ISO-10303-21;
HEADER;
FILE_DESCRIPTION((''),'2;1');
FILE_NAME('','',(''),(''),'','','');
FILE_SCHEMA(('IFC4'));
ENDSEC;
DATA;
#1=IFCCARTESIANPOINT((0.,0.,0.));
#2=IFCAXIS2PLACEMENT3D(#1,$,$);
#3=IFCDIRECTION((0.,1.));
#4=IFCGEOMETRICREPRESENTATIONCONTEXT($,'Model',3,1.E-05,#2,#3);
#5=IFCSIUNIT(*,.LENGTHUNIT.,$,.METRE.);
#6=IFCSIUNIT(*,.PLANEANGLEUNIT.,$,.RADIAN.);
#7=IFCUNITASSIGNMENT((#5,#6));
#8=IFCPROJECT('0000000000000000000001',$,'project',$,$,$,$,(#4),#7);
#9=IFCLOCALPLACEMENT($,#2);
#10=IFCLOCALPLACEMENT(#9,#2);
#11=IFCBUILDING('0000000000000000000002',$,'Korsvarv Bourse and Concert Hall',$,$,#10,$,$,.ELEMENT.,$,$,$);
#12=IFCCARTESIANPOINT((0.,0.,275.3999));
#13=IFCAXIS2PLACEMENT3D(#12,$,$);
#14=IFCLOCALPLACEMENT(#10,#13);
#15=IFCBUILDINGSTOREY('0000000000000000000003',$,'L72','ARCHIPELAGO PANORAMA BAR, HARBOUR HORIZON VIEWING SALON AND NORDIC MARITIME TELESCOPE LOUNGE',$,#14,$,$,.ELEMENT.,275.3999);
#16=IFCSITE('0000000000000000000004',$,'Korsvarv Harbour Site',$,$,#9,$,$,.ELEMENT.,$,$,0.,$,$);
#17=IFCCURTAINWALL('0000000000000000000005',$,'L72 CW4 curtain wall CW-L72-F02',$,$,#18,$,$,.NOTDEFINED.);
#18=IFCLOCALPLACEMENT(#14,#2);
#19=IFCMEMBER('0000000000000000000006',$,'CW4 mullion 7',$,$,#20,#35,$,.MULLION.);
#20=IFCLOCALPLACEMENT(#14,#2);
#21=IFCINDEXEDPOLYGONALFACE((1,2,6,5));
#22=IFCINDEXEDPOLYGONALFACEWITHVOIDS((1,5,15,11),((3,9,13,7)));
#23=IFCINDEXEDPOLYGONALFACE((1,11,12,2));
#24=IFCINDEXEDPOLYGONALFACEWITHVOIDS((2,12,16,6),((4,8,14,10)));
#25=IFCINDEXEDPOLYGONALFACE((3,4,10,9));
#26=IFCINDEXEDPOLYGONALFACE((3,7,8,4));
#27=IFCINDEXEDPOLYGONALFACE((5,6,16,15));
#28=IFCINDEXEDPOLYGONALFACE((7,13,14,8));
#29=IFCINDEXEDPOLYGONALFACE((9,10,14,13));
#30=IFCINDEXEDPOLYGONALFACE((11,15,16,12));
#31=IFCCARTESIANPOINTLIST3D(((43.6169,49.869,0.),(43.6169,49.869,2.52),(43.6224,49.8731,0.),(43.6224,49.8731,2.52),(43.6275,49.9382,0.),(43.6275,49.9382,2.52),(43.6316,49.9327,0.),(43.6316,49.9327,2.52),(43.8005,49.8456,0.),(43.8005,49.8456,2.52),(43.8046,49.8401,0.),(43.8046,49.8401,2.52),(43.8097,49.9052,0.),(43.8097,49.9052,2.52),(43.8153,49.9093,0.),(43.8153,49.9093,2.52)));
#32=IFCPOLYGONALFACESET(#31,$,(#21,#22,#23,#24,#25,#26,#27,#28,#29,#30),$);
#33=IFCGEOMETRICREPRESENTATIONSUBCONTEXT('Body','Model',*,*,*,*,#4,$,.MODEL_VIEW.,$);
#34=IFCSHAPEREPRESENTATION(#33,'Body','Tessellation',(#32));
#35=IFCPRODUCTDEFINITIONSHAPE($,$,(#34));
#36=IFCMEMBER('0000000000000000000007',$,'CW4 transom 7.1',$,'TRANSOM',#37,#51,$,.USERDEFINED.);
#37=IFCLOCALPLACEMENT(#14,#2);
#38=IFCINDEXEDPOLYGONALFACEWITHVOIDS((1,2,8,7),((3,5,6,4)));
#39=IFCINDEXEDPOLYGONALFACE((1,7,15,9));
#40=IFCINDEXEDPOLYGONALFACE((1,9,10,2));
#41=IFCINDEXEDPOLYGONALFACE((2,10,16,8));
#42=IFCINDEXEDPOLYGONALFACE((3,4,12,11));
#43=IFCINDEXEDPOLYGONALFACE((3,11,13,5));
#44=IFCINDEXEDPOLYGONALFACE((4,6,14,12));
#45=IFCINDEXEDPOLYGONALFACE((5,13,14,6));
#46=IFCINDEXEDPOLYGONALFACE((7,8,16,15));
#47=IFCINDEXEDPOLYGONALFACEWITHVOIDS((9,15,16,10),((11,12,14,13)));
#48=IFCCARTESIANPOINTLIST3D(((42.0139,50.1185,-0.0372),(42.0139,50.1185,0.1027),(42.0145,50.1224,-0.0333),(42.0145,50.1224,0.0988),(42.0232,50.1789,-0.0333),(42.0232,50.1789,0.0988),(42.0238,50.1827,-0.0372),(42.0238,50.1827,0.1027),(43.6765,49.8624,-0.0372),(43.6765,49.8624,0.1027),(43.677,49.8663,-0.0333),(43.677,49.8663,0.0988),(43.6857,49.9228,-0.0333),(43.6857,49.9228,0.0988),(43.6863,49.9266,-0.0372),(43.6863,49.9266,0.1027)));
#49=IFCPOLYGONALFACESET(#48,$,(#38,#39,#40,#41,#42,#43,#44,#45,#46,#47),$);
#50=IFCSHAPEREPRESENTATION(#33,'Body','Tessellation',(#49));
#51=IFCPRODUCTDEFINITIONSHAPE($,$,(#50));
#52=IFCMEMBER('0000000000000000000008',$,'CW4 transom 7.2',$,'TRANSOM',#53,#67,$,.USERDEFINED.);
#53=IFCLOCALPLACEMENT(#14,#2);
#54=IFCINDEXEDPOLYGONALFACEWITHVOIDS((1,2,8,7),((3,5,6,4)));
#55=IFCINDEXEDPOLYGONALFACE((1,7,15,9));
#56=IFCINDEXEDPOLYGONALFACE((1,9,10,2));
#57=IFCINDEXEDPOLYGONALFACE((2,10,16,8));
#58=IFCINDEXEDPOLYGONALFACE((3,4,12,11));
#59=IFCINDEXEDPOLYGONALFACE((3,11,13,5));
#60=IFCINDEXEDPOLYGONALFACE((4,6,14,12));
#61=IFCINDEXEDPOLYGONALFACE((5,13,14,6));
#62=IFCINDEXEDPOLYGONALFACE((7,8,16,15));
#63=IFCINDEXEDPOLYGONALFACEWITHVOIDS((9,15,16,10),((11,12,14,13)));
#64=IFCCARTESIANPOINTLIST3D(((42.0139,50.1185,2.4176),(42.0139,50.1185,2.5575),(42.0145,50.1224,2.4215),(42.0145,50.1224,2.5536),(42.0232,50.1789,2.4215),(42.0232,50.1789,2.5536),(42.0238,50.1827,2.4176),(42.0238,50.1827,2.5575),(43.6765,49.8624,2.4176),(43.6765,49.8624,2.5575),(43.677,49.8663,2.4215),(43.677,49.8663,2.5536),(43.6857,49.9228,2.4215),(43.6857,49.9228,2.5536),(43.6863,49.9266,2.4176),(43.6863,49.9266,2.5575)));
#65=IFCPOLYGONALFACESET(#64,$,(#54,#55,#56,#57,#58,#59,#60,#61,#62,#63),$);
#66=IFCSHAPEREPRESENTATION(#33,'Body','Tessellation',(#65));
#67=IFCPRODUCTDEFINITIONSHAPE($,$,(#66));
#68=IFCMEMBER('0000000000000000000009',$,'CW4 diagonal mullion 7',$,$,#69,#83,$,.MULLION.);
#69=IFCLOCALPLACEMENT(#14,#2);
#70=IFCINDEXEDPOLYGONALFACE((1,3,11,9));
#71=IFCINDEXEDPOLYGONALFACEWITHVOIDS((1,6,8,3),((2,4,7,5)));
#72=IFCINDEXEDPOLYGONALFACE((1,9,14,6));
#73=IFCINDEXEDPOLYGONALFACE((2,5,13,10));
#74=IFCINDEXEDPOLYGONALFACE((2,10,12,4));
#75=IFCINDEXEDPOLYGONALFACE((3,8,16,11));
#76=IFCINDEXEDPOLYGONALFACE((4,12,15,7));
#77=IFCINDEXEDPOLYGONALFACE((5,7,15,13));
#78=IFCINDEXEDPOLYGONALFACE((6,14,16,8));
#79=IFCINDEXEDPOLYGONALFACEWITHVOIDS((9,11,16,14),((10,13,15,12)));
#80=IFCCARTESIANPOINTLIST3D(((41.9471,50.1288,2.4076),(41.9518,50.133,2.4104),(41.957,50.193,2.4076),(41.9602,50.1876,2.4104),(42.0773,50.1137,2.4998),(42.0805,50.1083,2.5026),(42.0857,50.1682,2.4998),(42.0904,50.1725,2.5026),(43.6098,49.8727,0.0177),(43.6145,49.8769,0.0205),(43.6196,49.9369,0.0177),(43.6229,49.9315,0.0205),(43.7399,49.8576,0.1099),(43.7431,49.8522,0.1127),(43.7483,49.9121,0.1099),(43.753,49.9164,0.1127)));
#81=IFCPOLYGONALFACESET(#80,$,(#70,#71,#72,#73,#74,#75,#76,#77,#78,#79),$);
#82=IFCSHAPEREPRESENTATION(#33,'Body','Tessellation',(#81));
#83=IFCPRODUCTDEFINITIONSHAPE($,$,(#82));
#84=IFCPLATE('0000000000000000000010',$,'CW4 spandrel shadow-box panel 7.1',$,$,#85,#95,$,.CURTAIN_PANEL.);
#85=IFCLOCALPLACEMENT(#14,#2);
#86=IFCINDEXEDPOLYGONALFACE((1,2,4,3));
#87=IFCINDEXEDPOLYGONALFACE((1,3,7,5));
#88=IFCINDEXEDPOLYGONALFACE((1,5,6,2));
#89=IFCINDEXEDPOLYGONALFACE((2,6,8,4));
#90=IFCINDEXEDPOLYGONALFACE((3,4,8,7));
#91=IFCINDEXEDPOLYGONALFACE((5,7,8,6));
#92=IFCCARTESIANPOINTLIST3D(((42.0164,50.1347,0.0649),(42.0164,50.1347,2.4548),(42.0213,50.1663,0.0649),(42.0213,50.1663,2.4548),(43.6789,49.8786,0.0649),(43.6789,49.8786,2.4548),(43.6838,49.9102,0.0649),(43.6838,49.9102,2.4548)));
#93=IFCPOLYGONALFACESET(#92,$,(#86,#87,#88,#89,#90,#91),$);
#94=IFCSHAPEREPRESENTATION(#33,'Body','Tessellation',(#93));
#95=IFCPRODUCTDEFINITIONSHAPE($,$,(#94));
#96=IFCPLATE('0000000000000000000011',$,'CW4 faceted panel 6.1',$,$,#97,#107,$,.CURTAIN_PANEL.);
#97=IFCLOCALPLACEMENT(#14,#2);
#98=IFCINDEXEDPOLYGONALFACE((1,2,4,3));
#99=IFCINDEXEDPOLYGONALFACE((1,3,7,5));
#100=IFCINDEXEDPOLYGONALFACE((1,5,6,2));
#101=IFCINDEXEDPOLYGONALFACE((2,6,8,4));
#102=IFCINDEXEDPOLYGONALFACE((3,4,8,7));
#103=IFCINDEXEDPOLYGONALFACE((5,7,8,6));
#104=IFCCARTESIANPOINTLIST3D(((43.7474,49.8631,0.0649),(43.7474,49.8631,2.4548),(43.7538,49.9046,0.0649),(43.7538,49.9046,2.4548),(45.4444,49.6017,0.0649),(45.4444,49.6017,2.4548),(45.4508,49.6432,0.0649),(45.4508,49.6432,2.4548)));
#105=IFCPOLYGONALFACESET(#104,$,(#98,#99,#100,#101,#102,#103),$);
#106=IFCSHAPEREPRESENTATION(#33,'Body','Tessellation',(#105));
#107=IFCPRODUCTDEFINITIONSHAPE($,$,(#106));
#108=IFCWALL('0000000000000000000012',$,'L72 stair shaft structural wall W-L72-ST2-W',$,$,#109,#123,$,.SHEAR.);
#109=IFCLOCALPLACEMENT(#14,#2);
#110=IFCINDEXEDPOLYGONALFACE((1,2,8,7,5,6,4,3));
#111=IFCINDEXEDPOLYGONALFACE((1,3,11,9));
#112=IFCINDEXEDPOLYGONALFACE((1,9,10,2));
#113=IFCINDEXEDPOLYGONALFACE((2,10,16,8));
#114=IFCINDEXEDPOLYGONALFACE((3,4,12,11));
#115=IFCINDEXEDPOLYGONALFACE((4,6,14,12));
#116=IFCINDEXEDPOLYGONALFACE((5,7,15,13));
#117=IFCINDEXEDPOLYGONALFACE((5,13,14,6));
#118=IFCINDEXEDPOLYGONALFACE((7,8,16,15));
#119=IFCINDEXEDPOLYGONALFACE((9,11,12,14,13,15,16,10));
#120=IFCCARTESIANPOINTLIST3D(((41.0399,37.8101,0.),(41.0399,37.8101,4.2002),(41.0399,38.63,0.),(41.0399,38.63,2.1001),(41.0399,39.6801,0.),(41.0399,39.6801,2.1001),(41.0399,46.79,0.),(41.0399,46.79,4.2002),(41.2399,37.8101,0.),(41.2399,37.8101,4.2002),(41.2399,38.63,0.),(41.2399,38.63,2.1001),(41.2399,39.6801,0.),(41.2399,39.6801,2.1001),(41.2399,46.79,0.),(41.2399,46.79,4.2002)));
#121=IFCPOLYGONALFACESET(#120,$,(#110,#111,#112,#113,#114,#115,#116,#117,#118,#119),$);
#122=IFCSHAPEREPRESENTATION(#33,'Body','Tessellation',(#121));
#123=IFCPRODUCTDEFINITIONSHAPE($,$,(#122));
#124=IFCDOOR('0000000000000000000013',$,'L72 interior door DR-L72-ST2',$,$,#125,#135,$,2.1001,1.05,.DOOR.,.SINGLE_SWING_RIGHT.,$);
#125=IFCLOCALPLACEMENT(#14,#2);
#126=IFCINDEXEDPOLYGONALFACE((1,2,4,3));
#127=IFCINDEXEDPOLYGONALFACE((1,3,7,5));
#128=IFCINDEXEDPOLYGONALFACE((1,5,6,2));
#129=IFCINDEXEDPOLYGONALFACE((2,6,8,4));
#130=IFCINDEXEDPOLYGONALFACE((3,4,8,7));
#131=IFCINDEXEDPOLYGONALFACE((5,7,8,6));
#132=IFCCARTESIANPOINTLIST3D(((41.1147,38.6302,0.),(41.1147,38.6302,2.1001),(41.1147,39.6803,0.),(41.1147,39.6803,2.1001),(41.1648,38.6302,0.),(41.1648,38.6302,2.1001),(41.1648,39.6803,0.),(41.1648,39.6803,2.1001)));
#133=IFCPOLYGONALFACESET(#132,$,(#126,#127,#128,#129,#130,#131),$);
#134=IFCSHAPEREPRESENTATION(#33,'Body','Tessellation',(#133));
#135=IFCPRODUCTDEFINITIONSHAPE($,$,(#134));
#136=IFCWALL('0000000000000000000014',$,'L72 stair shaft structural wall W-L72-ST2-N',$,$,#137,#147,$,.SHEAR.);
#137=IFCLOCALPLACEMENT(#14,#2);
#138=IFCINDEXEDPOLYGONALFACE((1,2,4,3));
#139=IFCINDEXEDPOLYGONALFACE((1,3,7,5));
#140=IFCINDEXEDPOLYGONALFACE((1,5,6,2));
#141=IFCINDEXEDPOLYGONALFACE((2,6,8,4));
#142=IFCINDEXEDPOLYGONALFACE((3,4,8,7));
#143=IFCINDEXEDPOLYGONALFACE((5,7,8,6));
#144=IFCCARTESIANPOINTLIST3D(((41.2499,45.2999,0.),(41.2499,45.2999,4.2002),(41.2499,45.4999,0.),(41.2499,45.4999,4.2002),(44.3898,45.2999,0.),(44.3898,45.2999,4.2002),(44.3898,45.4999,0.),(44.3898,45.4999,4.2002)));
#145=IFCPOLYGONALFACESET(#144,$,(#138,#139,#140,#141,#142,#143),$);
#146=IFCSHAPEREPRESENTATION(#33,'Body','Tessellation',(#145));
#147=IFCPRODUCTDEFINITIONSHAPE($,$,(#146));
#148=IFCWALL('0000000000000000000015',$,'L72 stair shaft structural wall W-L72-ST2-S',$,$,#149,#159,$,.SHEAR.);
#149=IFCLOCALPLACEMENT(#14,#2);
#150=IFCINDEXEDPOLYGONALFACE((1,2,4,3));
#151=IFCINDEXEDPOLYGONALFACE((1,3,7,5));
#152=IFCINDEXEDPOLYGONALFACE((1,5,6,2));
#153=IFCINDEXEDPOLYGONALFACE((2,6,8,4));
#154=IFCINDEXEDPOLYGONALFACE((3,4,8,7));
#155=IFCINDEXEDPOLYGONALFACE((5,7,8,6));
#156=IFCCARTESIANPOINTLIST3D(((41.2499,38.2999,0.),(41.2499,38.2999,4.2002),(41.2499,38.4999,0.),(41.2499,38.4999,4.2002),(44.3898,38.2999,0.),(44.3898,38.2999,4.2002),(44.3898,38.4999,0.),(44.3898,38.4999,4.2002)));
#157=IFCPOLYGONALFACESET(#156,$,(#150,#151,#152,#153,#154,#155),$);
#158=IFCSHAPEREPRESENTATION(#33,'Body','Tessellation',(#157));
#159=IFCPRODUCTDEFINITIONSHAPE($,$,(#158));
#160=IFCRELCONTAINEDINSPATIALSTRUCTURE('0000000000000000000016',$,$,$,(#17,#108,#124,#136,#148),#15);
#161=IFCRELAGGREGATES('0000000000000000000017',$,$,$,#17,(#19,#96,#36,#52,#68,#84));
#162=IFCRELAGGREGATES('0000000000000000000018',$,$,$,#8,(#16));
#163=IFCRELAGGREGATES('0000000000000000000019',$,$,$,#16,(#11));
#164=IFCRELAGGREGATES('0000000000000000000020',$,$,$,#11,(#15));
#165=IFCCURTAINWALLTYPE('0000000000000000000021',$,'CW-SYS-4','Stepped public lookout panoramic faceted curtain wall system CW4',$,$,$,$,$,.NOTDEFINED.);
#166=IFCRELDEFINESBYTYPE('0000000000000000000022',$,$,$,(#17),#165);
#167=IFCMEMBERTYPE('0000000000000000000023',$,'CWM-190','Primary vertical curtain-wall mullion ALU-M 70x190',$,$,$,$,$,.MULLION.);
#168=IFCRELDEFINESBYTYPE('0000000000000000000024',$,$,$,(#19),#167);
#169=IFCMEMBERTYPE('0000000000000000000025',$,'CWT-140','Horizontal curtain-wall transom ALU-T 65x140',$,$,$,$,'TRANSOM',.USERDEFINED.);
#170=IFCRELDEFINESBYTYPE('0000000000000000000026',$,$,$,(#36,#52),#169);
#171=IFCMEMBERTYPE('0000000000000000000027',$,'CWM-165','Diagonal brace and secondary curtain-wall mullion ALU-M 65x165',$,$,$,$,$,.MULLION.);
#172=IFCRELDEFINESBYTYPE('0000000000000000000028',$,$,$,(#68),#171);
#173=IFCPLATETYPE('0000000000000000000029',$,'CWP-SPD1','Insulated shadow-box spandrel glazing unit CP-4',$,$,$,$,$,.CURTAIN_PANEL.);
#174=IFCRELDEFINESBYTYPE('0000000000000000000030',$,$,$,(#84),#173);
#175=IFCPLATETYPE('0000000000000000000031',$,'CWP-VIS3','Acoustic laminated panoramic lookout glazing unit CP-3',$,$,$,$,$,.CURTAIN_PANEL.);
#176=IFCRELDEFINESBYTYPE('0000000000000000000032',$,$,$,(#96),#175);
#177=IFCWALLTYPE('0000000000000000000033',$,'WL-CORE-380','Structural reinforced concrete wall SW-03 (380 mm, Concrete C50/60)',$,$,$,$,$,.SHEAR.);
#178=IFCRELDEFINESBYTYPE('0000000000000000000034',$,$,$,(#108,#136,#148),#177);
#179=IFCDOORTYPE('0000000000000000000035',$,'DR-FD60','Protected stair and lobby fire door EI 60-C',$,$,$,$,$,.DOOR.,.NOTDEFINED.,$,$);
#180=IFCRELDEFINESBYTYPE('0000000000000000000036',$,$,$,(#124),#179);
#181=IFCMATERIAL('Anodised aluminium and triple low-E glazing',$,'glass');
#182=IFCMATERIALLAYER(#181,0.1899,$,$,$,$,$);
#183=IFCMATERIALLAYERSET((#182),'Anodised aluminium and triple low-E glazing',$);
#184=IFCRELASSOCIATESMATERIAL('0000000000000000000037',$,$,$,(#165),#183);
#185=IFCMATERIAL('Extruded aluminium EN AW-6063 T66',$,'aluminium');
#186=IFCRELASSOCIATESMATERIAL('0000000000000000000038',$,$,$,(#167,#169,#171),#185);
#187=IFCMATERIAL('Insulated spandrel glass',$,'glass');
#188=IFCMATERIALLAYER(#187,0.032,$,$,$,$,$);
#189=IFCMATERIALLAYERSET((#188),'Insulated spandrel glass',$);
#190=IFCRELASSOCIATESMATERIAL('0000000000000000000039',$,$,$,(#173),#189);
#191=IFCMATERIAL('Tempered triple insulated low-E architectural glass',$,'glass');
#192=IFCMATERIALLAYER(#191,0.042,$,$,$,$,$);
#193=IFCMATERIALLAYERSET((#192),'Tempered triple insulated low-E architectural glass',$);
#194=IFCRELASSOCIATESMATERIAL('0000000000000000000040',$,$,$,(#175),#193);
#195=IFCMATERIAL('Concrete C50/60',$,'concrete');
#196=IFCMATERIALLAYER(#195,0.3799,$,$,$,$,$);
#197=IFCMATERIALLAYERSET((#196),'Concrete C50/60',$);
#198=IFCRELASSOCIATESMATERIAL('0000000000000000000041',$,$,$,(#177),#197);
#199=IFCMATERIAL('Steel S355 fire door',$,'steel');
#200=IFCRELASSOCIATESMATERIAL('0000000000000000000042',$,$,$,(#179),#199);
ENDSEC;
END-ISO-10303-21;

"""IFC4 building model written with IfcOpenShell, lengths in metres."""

from ifc_helpers import new_model, si_unit, direction, frame, frame_2d, origin, origin_2d, place, context, subcontext, project, spatial, rectangle, hollow_rectangle, extrude, source, transform, mapped, material, layer, layer_set, material_profile, profile_set, type_object, element, fill, aggregate, save


model = new_model("IFC4")

# Units and contexts
model_context = context("Model", 3, precision=1e-05, world=origin(), true_north=direction((0.0, 1.0)))
body_context = subcontext(model_context, "Body", "Model", "MODEL_VIEW")
ifc_project = project(units=[si_unit("LENGTHUNIT", "METRE"), si_unit("PLANEANGLEUNIT", "RADIAN")], contexts=[model_context])

# Site, building, storey
site_placement = place(None, origin())
site = spatial("IfcSite", under=ifc_project, at=site_placement, Name="Korsvarv Harbour Site", CompositionType="ELEMENT", RefElevation=0.0)
building_placement = place(site_placement, origin())
building = spatial("IfcBuilding", under=site, at=building_placement, Name="Korsvarv Bourse and Concert Hall", CompositionType="ELEMENT")
storey_placement = place(building_placement, frame((0.0, 0.0, 275.3999)))
storey = spatial("IfcBuildingStorey", under=building, at=storey_placement, Name="L72", Description="ARCHIPELAGO PANORAMA BAR, HARBOUR HORIZON VIEWING SALON AND NORDIC MARITIME TELESCOPE LOUNGE", CompositionType="ELEMENT", Elevation=275.3999)

# Curtain wall, members, plates
ifc_material_1 = material(Name="Anodised aluminium and triple low-E glazing", Category="glass")
ifc_layer_1 = layer(ifc_material_1, 0.1899)
ifc_layer_set_1 = layer_set([ifc_layer_1], Name="Anodised aluminium and triple low-E glazing")
curtain_wall_type = type_object("IfcCurtainWallType", Name="CW-SYS-4", Description="Stepped public lookout panoramic faceted curtain wall system CW4", PredefinedType="NOTDEFINED", material=ifc_layer_set_1)
curtain_wall_placement = place(storey_placement, origin())
curtain_wall = element("IfcCurtainWall", 1, at=curtain_wall_placement, inside=storey, type_object=curtain_wall_type, Name="L72 CW4 curtain wall CW-L72-F02", PredefinedType="NOTDEFINED")
ifc_material_2 = material(Name="Extruded aluminium EN AW-6063 T66", Category="aluminium")
ifc_material_profile_1 = material_profile(ifc_material_2, hollow_rectangle(XDim=0.0701, YDim=0.1899, WallThickness=0.0049, at=origin_2d()), Name="ALU-M 70x190")
ifc_profile_set_1 = profile_set([ifc_material_profile_1], Name="Extruded aluminium EN AW-6063 T66")
member_type_1 = type_object("IfcMemberType", Name="CWM-190", Description="Primary vertical curtain-wall mullion ALU-M 70x190", PredefinedType="MULLION", material=ifc_profile_set_1)
shared_shape_1 = source(origin(), body_context, "Body", "SweptSolid", [
    extrude(hollow_rectangle(XDim=0.0701, YDim=0.1899, WallThickness=0.0049, at=origin_2d()), origin(), (0.0, 0.0, 1.0), 2.52),
])
member_1_placement = place(storey_placement, frame((43.7161, 49.8892, 0.0), z_axis=(0.0, 0.0, 1.0), x_axis=(-0.152234, -0.988345, 0.0)))
member_1 = element("IfcMember", 2, at=member_1_placement, type_object=member_type_1, Name="CW4 mullion 7", PredefinedType="MULLION", context=body_context, shape_type="MappedRepresentation", body=[
    mapped(shared_shape_1, transform((0.0, 0.0, 0.0), scale=1.0)),
])
ifc_material_profile_2 = material_profile(ifc_material_2, hollow_rectangle(XDim=0.0649, YDim=0.1399, WallThickness=0.0039, at=origin_2d()), Name="ALU-T 65x140")
ifc_profile_set_2 = profile_set([ifc_material_profile_2], Name="Extruded aluminium EN AW-6063 T66")
member_type_2 = type_object("IfcMemberType", Name="CWT-140", Description="Horizontal curtain-wall transom ALU-T 65x140", ElementType="TRANSOM", PredefinedType="USERDEFINED", material=ifc_profile_set_2)
shared_shape_2 = source(origin(), body_context, "Body", "SweptSolid", [
    extrude(hollow_rectangle(XDim=0.0649, YDim=0.1399, WallThickness=0.0039, at=origin_2d()), origin(), (0.0, 0.0, 1.0), 1.6821),
])
member_2_placement = place(storey_placement, frame((43.6814, 49.8945, 0.0327), z_axis=(-0.988343, 0.152243, 0.0), x_axis=(-0.152243, -0.988343, 0.0)))
member_2 = element("IfcMember", 3, at=member_2_placement, type_object=member_type_2, Name="CW4 transom 7.1", ObjectType="TRANSOM", PredefinedType="USERDEFINED", context=body_context, shape_type="MappedRepresentation", body=[
    mapped(shared_shape_2, transform((0.0, 0.0, 0.0), scale=1.0)),
])
member_3_placement = place(storey_placement, frame((43.6814, 49.8945, 2.4875), z_axis=(-0.988343, 0.152243, 0.0), x_axis=(-0.152243, -0.988343, 0.0)))
member_3 = element("IfcMember", 4, at=member_3_placement, type_object=member_type_2, Name="CW4 transom 7.2", ObjectType="TRANSOM", PredefinedType="USERDEFINED", context=body_context, shape_type="MappedRepresentation", body=[
    mapped(shared_shape_2, transform((0.0, 0.0, 0.0), scale=1.0)),
])
ifc_material_profile_3 = material_profile(ifc_material_2, hollow_rectangle(XDim=0.0649, YDim=0.165, WallThickness=0.0049, at=origin_2d()), Name="ALU-M 65x165")
ifc_profile_set_3 = profile_set([ifc_material_profile_3], Name="Extruded aluminium EN AW-6063 T66")
member_type_3 = type_object("IfcMemberType", Name="CWM-165", Description="Diagonal brace and secondary curtain-wall mullion ALU-M 65x165", PredefinedType="MULLION", material=ifc_profile_set_3)
shared_shape_3 = source(origin(), body_context, "Body", "SweptSolid", [
    extrude(hollow_rectangle(XDim=0.0649, YDim=0.165, WallThickness=0.0049, at=origin_2d()), origin(), (0.0, 0.0, 1.0), 2.9226),
])
member_4_placement = place(storey_placement, frame((43.6814, 49.8945, 0.0652), z_axis=(-0.568882, 0.08763, 0.817737), x_axis=(-0.152243, -0.988343, 0.0)))
member_4 = element("IfcMember", 5, at=member_4_placement, type_object=member_type_3, Name="CW4 diagonal mullion 7", PredefinedType="MULLION", context=body_context, shape_type="MappedRepresentation", body=[
    mapped(shared_shape_3, transform((0.0, 0.0, 0.0), scale=1.0)),
])
ifc_material_3 = material(Name="Insulated spandrel glass", Category="glass")
ifc_layer_2 = layer(ifc_material_3, 0.032)
ifc_layer_set_2 = layer_set([ifc_layer_2], Name="Insulated spandrel glass")
plate_type_1 = type_object("IfcPlateType", Name="CWP-SPD1", Description="Insulated shadow-box spandrel glazing unit CP-4", PredefinedType="CURTAIN_PANEL", material=ifc_layer_set_2)
shared_shape_4 = source(origin(), body_context, "Body", "SweptSolid", [
    extrude(rectangle(XDim=1.6821, YDim=0.032, at=origin_2d()), origin(), (0.0, 0.0, 1.0), 2.3899),
])
plate_1_placement = place(storey_placement, frame((42.8501, 50.0225, 0.0649), z_axis=(0.0, 0.0, 1.0), x_axis=(-0.988345, 0.152234, 0.0)))
plate_1 = element("IfcPlate", 6, at=plate_1_placement, type_object=plate_type_1, Name="CW4 spandrel shadow-box panel 7.1", PredefinedType="CURTAIN_PANEL", context=body_context, shape_type="MappedRepresentation", body=[
    mapped(shared_shape_4, transform((0.0, 0.0, 0.0), scale=1.0)),
])
ifc_material_4 = material(Name="Tempered triple insulated low-E architectural glass", Category="glass")
ifc_layer_3 = layer(ifc_material_4, 0.042)
ifc_layer_set_3 = layer_set([ifc_layer_3], Name="Tempered triple insulated low-E architectural glass")
plate_type_2 = type_object("IfcPlateType", Name="CWP-VIS3", Description="Acoustic laminated panoramic lookout glazing unit CP-3", PredefinedType="CURTAIN_PANEL", material=ifc_layer_set_3)
shared_shape_5 = source(origin(), body_context, "Body", "SweptSolid", [
    extrude(rectangle(XDim=1.717, YDim=0.042, at=origin_2d()), origin(), (0.0, 0.0, 1.0), 2.3899),
])
plate_2_placement = place(storey_placement, frame((44.5991, 49.7532, 0.0649), z_axis=(0.0, 0.0, 1.0), x_axis=(-0.988345, 0.152234, 0.0)))
plate_2 = element("IfcPlate", 7, at=plate_2_placement, type_object=plate_type_2, Name="CW4 faceted panel 6.1", PredefinedType="CURTAIN_PANEL", context=body_context, shape_type="MappedRepresentation", body=[
    mapped(shared_shape_5, transform((0.0, 0.0, 0.0), scale=1.0)),
])
aggregate(curtain_wall, [member_1, plate_2, member_2, member_3, member_4, plate_1])

# Wall, opening, door
ifc_material_5 = material(Name="Concrete C50/60", Category="concrete")
ifc_layer_4 = layer(ifc_material_5, 0.3799)
ifc_layer_set_4 = layer_set([ifc_layer_4], Name="Concrete C50/60")
wall_type_1 = type_object("IfcWallType", Name="WL-CORE-380", Description="Structural reinforced concrete wall SW-03 (380 mm, Concrete C50/60)", PredefinedType="SHEAR", material=ifc_layer_set_4)
wall_1_placement = place(storey_placement, frame((41.1399, 37.8101, 0.0), z_axis=(0.0, 0.0, 1.0), x_axis=(0.0, 1.0, 0.0)))
wall_1 = element("IfcWall", 8, at=wall_1_placement, inside=storey, type_object=wall_type_1, Name="L72 stair shaft structural wall W-L72-ST2-W", PredefinedType="SHEAR", context=body_context, shape_type="SweptSolid", body=[
    extrude(rectangle(XDim=8.98, YDim=0.2, at=frame_2d((4.49, 0.0))), origin(), (0.0, 0.0, 1.0), 4.2002),
])
opening_1_placement = place(wall_1_placement, frame((0.8201, 0.0, 0.0)))
opening_1 = element("IfcOpeningElement", 9, at=opening_1_placement, cuts=wall_1, PredefinedType="OPENING", context=body_context, shape_type="SweptSolid", body=[
    extrude(rectangle(XDim=1.05, YDim=2.1001, at=frame_2d((0.5249, 1.05))), frame((0.0, 0.1099, 0.0), z_axis=(0.0, -1.0, 0.0), x_axis=(1.0, 0.0, 0.0)), (0.0, 0.0, 1.0), 0.22),
])
ifc_material_6 = material(Name="Steel S355 fire door", Category="steel")
door_type_1 = type_object("IfcDoorType", Name="DR-FD60", Description="Protected stair and lobby fire door EI 60-C", OperationType="NOTDEFINED", PredefinedType="DOOR", material=ifc_material_6)
door_1_placement = place(opening_1_placement, frame((1.05, 0.0, 0.0), z_axis=(0.0, 0.0, 1.0), x_axis=(-1.0, 0.0, 0.0)))
door_1 = element("IfcDoor", 10, at=door_1_placement, inside=storey, type_object=door_type_1, Name="L72 interior door DR-L72-ST2", OperationType="SINGLE_SWING_RIGHT", OverallHeight=2.1001, OverallWidth=1.05, PredefinedType="DOOR", context=body_context, shape_type="SweptSolid", body=[
    extrude(rectangle(XDim=1.05, YDim=2.1001, at=frame_2d((0.5249, 1.05))), frame((0.0, 0.0249, 0.0), z_axis=(0.0, -1.0, 0.0), x_axis=(1.0, 0.0, 0.0)), (0.0, 0.0, 1.0), 0.05),
])
fill(opening_1, door_1)

# Walls
for number, where, z_axis, x_axis, name in (
    (11, (41.25, 45.3999, 0.0), (0.0, 0.0, 1.0), (1.0, 0.0, 0.0), "L72 stair shaft structural wall W-L72-ST2-N"),
    (12, (41.25, 38.3999, 0.0), (0.0, 0.0, 1.0), (1.0, 0.0, 0.0), "L72 stair shaft structural wall W-L72-ST2-S"),
):
    element("IfcWall", number, at=place(storey_placement, frame(where, z_axis=z_axis, x_axis=x_axis)), inside=storey, type_object=wall_type_1, Name=name, PredefinedType="SHEAR", context=body_context, shape_type="SweptSolid", body=[
        extrude(rectangle(XDim=3.1399, YDim=0.2, at=frame_2d((1.5698, 0.0))), origin(), (0.0, 0.0, 1.0), 4.2002),
    ])

save(model, "model.ifc")
